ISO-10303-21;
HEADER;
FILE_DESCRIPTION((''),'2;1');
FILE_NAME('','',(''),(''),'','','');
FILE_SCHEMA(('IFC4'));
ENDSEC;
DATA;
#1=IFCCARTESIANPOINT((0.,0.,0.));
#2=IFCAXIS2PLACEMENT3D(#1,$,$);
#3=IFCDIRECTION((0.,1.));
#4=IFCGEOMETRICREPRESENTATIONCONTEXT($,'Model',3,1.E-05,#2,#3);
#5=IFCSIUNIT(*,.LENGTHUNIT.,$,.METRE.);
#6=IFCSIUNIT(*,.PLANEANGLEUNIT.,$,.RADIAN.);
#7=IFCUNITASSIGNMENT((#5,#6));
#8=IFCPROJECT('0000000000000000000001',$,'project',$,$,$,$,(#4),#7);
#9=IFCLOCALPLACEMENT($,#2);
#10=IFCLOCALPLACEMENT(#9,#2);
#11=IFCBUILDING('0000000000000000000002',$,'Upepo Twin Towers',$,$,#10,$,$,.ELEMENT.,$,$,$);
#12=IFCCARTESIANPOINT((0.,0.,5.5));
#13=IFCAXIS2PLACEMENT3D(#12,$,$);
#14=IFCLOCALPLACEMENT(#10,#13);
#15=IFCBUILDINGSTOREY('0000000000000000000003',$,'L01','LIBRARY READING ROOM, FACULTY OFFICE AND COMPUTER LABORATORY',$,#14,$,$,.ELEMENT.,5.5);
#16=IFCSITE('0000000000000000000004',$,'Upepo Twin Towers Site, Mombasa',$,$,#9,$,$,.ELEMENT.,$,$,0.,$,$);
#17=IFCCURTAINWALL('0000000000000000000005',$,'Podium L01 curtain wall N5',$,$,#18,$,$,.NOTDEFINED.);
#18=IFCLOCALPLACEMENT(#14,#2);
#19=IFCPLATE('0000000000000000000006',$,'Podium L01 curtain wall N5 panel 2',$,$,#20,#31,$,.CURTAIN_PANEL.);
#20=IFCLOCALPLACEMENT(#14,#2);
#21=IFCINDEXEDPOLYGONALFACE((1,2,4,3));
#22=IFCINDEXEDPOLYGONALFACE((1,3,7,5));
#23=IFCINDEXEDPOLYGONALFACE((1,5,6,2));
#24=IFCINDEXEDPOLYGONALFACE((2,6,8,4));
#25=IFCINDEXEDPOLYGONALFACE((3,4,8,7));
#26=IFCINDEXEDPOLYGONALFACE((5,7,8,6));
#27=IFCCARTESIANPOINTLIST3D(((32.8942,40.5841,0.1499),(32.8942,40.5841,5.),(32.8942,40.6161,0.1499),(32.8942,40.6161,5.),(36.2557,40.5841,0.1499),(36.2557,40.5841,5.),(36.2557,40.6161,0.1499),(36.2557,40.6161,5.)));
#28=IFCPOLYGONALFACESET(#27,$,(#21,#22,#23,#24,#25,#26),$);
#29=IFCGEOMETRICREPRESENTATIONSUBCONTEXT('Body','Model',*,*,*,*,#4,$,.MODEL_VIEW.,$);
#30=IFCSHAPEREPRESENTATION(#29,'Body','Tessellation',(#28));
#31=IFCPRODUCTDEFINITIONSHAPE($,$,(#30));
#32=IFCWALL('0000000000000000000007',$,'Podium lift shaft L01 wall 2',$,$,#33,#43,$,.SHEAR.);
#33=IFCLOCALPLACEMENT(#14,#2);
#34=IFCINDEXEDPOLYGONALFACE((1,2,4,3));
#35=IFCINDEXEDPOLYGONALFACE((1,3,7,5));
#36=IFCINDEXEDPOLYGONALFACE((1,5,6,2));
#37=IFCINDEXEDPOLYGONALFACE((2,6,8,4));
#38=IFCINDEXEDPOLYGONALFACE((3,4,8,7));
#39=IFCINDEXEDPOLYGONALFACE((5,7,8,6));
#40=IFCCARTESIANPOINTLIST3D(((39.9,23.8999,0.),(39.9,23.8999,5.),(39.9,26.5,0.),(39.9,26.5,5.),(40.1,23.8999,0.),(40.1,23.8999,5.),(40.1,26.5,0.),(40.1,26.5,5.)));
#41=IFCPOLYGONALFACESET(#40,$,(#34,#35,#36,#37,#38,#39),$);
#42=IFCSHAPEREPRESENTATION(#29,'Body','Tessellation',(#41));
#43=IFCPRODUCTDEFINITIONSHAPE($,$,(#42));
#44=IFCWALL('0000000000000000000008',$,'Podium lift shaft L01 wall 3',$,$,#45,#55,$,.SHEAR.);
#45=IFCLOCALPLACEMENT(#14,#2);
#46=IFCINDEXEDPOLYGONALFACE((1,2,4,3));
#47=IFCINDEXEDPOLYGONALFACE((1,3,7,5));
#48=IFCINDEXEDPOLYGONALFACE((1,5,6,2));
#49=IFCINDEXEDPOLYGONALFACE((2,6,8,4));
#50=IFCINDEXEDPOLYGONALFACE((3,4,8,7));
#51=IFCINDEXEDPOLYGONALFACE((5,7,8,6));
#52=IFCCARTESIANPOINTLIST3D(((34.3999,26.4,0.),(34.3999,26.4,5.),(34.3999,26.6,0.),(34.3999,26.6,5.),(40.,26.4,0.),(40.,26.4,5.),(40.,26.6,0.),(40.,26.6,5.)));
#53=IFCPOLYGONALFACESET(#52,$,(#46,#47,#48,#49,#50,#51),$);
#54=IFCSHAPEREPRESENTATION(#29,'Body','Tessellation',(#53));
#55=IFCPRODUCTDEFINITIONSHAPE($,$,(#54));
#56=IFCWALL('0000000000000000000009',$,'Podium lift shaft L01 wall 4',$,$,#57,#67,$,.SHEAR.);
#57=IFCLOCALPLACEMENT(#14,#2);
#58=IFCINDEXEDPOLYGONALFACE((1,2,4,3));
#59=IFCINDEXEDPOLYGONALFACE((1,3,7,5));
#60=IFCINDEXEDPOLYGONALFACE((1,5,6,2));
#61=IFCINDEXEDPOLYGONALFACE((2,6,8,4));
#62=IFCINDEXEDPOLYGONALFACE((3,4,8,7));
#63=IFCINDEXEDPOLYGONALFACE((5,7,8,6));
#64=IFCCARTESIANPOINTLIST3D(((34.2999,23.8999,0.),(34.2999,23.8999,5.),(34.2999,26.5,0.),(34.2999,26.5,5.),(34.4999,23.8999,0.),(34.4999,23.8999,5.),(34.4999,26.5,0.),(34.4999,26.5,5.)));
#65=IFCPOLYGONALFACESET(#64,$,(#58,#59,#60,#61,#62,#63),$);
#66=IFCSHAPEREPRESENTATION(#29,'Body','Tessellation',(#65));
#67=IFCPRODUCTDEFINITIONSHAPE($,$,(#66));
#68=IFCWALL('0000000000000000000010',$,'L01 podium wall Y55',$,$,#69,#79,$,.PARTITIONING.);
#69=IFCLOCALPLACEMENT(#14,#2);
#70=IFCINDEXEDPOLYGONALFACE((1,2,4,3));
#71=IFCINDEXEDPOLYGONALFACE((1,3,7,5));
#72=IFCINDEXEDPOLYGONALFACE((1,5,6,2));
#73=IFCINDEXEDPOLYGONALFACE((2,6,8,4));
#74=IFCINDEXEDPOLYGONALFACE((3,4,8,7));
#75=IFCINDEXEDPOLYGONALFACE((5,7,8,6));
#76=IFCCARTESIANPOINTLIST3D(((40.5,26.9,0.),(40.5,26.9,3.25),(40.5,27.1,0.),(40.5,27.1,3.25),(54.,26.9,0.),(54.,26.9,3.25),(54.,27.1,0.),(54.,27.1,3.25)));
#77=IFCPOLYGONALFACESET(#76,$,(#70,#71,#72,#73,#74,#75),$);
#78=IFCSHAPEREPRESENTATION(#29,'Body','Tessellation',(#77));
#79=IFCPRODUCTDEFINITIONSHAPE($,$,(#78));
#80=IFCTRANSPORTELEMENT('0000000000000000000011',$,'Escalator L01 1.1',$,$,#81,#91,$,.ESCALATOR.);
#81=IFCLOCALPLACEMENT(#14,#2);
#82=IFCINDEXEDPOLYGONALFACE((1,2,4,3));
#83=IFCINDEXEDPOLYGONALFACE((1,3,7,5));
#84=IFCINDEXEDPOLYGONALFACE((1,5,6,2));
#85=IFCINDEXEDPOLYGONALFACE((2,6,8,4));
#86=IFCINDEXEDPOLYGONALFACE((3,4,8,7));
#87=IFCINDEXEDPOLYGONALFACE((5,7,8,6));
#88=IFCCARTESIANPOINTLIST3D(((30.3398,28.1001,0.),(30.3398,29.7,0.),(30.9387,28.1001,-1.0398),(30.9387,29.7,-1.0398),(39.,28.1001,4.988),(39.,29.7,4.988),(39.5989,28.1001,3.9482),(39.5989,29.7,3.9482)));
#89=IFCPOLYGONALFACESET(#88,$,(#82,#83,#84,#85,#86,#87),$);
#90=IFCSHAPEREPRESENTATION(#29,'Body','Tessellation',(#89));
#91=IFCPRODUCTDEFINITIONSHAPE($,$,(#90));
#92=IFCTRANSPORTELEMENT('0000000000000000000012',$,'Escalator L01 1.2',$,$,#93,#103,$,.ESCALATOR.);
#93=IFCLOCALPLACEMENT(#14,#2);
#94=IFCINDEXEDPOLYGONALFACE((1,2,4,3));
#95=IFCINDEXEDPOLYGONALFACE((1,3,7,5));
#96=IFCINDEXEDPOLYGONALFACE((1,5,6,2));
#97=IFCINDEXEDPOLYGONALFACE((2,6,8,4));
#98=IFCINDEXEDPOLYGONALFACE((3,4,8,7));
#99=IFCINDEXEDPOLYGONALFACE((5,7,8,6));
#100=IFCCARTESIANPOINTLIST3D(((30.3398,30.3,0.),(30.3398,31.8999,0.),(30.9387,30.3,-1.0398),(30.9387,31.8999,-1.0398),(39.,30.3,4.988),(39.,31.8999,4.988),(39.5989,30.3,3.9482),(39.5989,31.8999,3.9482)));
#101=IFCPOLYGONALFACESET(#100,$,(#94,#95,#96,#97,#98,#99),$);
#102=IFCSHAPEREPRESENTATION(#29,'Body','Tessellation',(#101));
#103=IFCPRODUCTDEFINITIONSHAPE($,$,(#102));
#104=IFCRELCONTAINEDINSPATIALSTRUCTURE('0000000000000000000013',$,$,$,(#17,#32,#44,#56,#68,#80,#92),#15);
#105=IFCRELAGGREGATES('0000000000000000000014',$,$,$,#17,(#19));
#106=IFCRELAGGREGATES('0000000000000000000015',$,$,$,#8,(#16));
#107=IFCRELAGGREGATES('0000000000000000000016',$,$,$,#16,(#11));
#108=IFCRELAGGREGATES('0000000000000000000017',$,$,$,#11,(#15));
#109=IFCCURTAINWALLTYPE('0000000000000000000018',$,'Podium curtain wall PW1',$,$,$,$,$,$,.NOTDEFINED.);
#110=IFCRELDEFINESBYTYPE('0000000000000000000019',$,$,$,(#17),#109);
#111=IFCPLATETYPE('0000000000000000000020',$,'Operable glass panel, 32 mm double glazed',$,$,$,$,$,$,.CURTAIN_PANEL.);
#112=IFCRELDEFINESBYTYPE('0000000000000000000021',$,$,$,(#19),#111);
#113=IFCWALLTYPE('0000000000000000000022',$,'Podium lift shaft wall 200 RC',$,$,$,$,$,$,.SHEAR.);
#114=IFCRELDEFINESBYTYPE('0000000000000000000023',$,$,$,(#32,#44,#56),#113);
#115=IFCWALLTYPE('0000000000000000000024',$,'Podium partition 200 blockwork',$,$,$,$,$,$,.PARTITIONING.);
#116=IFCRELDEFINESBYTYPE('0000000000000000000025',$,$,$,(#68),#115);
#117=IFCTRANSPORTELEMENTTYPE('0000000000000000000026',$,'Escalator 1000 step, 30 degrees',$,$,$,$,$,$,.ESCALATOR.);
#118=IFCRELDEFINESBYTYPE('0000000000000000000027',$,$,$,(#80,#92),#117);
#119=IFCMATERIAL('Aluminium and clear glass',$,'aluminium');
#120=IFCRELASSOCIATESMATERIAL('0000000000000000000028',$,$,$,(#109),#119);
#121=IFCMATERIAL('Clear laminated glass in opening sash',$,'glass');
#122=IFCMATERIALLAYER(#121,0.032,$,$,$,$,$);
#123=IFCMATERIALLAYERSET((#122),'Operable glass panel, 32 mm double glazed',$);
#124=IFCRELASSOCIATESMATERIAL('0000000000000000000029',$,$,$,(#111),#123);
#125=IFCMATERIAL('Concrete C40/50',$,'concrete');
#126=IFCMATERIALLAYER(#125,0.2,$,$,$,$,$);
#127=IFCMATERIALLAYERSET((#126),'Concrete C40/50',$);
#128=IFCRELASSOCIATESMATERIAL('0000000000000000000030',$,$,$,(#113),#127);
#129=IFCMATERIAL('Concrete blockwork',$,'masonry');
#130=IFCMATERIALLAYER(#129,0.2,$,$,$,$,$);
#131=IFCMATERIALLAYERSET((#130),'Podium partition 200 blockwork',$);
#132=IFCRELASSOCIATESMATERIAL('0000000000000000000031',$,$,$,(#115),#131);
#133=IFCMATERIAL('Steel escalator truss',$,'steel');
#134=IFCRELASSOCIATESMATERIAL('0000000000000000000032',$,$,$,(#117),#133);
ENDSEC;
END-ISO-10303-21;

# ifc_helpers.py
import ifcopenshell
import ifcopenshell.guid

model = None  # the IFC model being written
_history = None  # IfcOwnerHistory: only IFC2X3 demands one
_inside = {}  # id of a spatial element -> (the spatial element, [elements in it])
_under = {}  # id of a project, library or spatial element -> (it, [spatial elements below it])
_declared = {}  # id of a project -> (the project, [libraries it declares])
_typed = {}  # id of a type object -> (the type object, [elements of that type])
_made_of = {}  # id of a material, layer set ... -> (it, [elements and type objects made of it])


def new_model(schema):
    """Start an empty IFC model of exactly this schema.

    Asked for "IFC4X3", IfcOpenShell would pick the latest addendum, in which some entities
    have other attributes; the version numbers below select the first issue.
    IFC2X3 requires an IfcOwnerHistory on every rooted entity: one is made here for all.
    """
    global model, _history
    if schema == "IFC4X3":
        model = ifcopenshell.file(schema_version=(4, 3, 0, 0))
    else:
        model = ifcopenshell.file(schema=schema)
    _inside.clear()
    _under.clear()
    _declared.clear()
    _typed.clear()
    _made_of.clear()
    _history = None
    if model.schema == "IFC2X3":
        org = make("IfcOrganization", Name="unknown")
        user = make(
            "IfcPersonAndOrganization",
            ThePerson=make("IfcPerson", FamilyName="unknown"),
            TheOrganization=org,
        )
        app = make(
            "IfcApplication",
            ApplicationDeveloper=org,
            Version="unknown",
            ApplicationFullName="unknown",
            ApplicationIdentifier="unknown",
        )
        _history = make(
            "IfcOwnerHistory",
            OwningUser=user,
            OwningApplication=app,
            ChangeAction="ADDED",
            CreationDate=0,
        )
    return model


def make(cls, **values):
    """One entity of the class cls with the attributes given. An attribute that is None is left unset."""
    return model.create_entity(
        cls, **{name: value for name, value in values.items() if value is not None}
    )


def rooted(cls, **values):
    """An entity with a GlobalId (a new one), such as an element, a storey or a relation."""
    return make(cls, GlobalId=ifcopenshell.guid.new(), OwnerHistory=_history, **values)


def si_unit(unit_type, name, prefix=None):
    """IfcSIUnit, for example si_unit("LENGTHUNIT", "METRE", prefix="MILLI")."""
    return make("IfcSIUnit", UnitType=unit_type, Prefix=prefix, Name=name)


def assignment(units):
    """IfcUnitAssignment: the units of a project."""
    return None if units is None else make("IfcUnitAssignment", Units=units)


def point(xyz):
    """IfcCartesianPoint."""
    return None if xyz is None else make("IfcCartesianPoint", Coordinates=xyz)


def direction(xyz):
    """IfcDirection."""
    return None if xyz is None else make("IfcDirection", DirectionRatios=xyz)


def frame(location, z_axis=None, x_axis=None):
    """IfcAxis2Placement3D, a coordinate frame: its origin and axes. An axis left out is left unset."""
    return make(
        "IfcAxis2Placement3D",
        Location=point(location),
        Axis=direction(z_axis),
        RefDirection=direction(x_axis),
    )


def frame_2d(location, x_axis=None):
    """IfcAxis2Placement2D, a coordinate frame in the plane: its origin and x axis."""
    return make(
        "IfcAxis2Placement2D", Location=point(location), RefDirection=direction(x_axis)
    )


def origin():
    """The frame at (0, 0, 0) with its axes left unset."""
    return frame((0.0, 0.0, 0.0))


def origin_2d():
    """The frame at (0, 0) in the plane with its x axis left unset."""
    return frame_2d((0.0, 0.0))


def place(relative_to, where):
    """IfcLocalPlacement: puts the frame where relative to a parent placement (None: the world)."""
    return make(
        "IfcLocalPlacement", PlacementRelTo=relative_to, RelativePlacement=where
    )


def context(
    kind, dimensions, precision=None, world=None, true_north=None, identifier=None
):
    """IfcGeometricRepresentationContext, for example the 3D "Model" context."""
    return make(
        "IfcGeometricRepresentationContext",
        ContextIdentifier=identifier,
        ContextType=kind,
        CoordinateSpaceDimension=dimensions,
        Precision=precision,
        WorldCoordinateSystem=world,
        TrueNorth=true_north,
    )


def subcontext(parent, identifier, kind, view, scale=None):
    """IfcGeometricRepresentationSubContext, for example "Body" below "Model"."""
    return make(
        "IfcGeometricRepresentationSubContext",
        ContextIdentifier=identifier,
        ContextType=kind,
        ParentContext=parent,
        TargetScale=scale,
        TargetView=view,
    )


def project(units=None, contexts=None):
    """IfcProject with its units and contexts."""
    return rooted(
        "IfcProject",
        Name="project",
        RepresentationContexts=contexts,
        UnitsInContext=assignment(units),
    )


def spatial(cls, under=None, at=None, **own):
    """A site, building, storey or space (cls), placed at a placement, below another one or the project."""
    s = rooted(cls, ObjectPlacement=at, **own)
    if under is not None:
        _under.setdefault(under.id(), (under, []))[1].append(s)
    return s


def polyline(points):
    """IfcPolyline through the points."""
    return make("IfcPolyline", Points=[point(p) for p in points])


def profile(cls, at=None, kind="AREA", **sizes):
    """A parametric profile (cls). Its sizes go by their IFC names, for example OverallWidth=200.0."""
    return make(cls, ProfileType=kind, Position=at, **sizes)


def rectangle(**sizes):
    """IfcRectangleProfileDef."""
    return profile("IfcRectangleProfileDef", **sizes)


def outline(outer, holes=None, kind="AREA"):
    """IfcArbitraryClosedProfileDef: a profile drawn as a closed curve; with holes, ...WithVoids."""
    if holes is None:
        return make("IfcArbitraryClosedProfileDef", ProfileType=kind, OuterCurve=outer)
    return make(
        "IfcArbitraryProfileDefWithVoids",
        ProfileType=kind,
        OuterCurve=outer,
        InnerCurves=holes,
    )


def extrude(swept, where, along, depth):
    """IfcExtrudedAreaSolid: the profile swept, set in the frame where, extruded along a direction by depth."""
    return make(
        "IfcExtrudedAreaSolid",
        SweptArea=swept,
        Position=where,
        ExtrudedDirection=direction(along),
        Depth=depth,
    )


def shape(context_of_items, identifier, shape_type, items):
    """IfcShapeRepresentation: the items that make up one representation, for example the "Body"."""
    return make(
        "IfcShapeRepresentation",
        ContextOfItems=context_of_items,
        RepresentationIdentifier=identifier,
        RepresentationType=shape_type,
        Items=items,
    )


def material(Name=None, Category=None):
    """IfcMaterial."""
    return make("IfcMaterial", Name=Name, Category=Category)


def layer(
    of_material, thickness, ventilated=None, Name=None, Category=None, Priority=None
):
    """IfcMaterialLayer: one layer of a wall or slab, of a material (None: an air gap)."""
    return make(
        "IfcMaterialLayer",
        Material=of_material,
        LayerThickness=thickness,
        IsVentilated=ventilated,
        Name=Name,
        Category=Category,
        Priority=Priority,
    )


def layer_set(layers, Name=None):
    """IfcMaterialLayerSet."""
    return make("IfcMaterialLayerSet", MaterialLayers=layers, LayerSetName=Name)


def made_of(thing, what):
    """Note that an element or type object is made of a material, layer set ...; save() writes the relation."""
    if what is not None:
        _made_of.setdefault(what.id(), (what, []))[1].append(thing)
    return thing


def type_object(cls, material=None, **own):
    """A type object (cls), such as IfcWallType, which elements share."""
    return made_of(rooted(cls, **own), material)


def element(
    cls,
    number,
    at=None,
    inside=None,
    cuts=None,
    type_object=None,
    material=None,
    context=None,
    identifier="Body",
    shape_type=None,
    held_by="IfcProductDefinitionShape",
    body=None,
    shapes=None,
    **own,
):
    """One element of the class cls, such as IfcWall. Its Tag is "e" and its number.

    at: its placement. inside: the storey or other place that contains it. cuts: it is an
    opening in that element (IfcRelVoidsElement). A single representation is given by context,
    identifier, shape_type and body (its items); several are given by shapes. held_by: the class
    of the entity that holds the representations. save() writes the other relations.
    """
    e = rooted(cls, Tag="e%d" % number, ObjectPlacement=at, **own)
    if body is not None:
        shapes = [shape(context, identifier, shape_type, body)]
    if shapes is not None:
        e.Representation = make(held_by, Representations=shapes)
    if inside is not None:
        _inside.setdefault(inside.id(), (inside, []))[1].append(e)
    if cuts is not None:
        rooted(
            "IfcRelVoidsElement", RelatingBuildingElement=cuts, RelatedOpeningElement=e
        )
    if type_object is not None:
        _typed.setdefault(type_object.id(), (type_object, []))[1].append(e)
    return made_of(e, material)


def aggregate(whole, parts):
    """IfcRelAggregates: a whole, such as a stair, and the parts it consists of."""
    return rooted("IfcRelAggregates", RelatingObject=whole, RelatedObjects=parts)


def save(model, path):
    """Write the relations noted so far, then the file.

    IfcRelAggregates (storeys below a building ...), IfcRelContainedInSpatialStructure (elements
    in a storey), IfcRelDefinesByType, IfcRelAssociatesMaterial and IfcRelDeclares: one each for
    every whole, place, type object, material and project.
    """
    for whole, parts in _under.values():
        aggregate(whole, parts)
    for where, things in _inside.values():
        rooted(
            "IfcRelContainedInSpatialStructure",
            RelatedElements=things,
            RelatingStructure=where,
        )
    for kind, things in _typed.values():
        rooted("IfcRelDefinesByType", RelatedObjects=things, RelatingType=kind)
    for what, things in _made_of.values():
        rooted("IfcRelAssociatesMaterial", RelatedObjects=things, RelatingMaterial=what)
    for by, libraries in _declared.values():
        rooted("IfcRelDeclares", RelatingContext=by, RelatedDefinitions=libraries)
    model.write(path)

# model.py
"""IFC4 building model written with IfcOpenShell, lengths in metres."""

from ifc_helpers import new_model, si_unit, direction, frame, frame_2d, origin, origin_2d, place, context, subcontext, project, spatial, polyline, rectangle, outline, extrude, material, layer, layer_set, type_object, element, aggregate, save


model = new_model("IFC4")

# Units and contexts
model_context = context("Model", 3, precision=1e-05, world=origin(), true_north=direction((0.0, 1.0)))
body_context = subcontext(model_context, "Body", "Model", "MODEL_VIEW")
ifc_project = project(units=[si_unit("LENGTHUNIT", "METRE"), si_unit("PLANEANGLEUNIT", "RADIAN")], contexts=[model_context])

# Site, building, storey
site_placement = place(None, origin())
site = spatial("IfcSite", under=ifc_project, at=site_placement, Name="Upepo Twin Towers Site, Mombasa", CompositionType="ELEMENT", RefElevation=0.0)
building_placement = place(site_placement, origin())
building = spatial("IfcBuilding", under=site, at=building_placement, Name="Upepo Twin Towers", CompositionType="ELEMENT")
storey_placement = place(building_placement, frame((0.0, 0.0, 5.5)))
storey = spatial("IfcBuildingStorey", under=building, at=storey_placement, Name="L01", Description="LIBRARY READING ROOM, FACULTY OFFICE AND COMPUTER LABORATORY", CompositionType="ELEMENT", Elevation=5.5)

# Curtain wall
ifc_material_1 = material(Name="Aluminium and clear glass", Category="aluminium")
curtain_wall_type = type_object("IfcCurtainWallType", Name="Podium curtain wall PW1", PredefinedType="NOTDEFINED", material=ifc_material_1)
curtain_wall_1_placement = place(storey_placement, origin())
curtain_wall_1 = element("IfcCurtainWall", 1, at=curtain_wall_1_placement, inside=storey, type_object=curtain_wall_type, Name="Podium L01 curtain wall N5", PredefinedType="NOTDEFINED")

# Plate
ifc_material_2 = material(Name="Clear laminated glass in opening sash", Category="glass")
ifc_layer_1 = layer(ifc_material_2, 0.032)
ifc_layer_set_1 = layer_set([ifc_layer_1], Name="Operable glass panel, 32 mm double glazed")
plate_type_1 = type_object("IfcPlateType", Name="Operable glass panel, 32 mm double glazed", PredefinedType="CURTAIN_PANEL", material=ifc_layer_set_1)
plate_1_placement = place(storey_placement, frame((34.575, 40.6001, 0.1499), z_axis=(0.0, 0.0, 1.0), x_axis=(-1.0, 0.0, 0.0)))
plate_1 = element("IfcPlate", 2, at=plate_1_placement, type_object=plate_type_1, Name="Podium L01 curtain wall N5 panel 2", PredefinedType="CURTAIN_PANEL", context=body_context, shape_type="SweptSolid", body=[
    extrude(rectangle(XDim=3.3616, YDim=0.032, at=origin_2d()), origin(), (0.0, 0.0, 1.0), 4.8501),
])
aggregate(curtain_wall_1, [plate_1])

# Walls
ifc_material_3 = material(Name="Concrete C40/50", Category="concrete")
ifc_layer_2 = layer(ifc_material_3, 0.2)
ifc_layer_set_2 = layer_set([ifc_layer_2], Name="Concrete C40/50")
wall_type_1 = type_object("IfcWallType", Name="Podium lift shaft wall 200 RC", PredefinedType="SHEAR", material=ifc_layer_set_2)
wall_1_placement = place(storey_placement, frame((40.0, 23.8999, 0.0), z_axis=(0.0, 0.0, 1.0), x_axis=(0.0, 1.0, 0.0)))
element("IfcWall", 3, at=wall_1_placement, inside=storey, type_object=wall_type_1, Name="Podium lift shaft L01 wall 2", PredefinedType="SHEAR", context=body_context, shape_type="SweptSolid", body=[
    extrude(rectangle(XDim=2.6001, YDim=0.2, at=frame_2d((1.3, 0.0))), origin(), (0.0, 0.0, 1.0), 5.0),
])
wall_2_placement = place(storey_placement, frame((40.0, 26.5, 0.0), z_axis=(0.0, 0.0, 1.0), x_axis=(-1.0, 0.0, 0.0)))
element("IfcWall", 4, at=wall_2_placement, inside=storey, type_object=wall_type_1, Name="Podium lift shaft L01 wall 3", PredefinedType="SHEAR", context=body_context, shape_type="SweptSolid", body=[
    extrude(rectangle(XDim=5.6001, YDim=0.2, at=frame_2d((2.8, 0.0))), origin(), (0.0, 0.0, 1.0), 5.0),
])
wall_3_placement = place(storey_placement, frame((34.3999, 26.5, 0.0), z_axis=(0.0, 0.0, 1.0), x_axis=(0.0, -1.0, 0.0)))
element("IfcWall", 5, at=wall_3_placement, inside=storey, type_object=wall_type_1, Name="Podium lift shaft L01 wall 4", PredefinedType="SHEAR", context=body_context, shape_type="SweptSolid", body=[
    extrude(rectangle(XDim=2.6001, YDim=0.2, at=frame_2d((1.3, 0.0))), origin(), (0.0, 0.0, 1.0), 5.0),
])
ifc_material_4 = material(Name="Concrete blockwork", Category="masonry")
ifc_layer_3 = layer(ifc_material_4, 0.2)
ifc_layer_set_3 = layer_set([ifc_layer_3], Name="Podium partition 200 blockwork")
wall_type_2 = type_object("IfcWallType", Name="Podium partition 200 blockwork", PredefinedType="PARTITIONING", material=ifc_layer_set_3)
wall_4_placement = place(storey_placement, frame((40.5, 27.0, 0.0), z_axis=(0.0, 0.0, 1.0), x_axis=(1.0, 0.0, 0.0)))
element("IfcWall", 6, at=wall_4_placement, inside=storey, type_object=wall_type_2, Name="L01 podium wall Y55", PredefinedType="PARTITIONING", context=body_context, shape_type="SweptSolid", body=[
    extrude(rectangle(XDim=13.5, YDim=0.2, at=frame_2d((6.75, 0.0))), origin(), (0.0, 0.0, 1.0), 3.25),
])

# Transport elements
ifc_material_5 = material(Name="Steel escalator truss", Category="steel")
transport_element_type = type_object("IfcTransportElementType", Name="Escalator 1000 step, 30 degrees", PredefinedType="ESCALATOR", material=ifc_material_5)
for number, where, z_axis, x_axis, name in (
    (7, (30.3398, 28.1001, 0.0), (-0.499106, 0.0, 0.866541), (0.866541, 0.0, 0.499106), "Escalator L01 1.1"),
    (8, (30.3398, 30.3, 0.0), (-0.499106, 0.0, 0.866541), (0.866541, 0.0, 0.499106), "Escalator L01 1.2"),
):
    element("IfcTransportElement", number, at=place(storey_placement, frame(where, z_axis=z_axis, x_axis=x_axis)), inside=storey, type_object=transport_element_type, Name=name, PredefinedType="ESCALATOR", context=body_context, shape_type="SweptSolid", body=[
        extrude(outline(polyline([(0.0, 0.0), (9.9939, 0.0), (9.9939, 1.5999), (0.0, 1.5999), (0.0, 0.0)])), origin(), (0.0, 0.0, -1.0), 1.2),
    ])

save(model, "model.ifc")
